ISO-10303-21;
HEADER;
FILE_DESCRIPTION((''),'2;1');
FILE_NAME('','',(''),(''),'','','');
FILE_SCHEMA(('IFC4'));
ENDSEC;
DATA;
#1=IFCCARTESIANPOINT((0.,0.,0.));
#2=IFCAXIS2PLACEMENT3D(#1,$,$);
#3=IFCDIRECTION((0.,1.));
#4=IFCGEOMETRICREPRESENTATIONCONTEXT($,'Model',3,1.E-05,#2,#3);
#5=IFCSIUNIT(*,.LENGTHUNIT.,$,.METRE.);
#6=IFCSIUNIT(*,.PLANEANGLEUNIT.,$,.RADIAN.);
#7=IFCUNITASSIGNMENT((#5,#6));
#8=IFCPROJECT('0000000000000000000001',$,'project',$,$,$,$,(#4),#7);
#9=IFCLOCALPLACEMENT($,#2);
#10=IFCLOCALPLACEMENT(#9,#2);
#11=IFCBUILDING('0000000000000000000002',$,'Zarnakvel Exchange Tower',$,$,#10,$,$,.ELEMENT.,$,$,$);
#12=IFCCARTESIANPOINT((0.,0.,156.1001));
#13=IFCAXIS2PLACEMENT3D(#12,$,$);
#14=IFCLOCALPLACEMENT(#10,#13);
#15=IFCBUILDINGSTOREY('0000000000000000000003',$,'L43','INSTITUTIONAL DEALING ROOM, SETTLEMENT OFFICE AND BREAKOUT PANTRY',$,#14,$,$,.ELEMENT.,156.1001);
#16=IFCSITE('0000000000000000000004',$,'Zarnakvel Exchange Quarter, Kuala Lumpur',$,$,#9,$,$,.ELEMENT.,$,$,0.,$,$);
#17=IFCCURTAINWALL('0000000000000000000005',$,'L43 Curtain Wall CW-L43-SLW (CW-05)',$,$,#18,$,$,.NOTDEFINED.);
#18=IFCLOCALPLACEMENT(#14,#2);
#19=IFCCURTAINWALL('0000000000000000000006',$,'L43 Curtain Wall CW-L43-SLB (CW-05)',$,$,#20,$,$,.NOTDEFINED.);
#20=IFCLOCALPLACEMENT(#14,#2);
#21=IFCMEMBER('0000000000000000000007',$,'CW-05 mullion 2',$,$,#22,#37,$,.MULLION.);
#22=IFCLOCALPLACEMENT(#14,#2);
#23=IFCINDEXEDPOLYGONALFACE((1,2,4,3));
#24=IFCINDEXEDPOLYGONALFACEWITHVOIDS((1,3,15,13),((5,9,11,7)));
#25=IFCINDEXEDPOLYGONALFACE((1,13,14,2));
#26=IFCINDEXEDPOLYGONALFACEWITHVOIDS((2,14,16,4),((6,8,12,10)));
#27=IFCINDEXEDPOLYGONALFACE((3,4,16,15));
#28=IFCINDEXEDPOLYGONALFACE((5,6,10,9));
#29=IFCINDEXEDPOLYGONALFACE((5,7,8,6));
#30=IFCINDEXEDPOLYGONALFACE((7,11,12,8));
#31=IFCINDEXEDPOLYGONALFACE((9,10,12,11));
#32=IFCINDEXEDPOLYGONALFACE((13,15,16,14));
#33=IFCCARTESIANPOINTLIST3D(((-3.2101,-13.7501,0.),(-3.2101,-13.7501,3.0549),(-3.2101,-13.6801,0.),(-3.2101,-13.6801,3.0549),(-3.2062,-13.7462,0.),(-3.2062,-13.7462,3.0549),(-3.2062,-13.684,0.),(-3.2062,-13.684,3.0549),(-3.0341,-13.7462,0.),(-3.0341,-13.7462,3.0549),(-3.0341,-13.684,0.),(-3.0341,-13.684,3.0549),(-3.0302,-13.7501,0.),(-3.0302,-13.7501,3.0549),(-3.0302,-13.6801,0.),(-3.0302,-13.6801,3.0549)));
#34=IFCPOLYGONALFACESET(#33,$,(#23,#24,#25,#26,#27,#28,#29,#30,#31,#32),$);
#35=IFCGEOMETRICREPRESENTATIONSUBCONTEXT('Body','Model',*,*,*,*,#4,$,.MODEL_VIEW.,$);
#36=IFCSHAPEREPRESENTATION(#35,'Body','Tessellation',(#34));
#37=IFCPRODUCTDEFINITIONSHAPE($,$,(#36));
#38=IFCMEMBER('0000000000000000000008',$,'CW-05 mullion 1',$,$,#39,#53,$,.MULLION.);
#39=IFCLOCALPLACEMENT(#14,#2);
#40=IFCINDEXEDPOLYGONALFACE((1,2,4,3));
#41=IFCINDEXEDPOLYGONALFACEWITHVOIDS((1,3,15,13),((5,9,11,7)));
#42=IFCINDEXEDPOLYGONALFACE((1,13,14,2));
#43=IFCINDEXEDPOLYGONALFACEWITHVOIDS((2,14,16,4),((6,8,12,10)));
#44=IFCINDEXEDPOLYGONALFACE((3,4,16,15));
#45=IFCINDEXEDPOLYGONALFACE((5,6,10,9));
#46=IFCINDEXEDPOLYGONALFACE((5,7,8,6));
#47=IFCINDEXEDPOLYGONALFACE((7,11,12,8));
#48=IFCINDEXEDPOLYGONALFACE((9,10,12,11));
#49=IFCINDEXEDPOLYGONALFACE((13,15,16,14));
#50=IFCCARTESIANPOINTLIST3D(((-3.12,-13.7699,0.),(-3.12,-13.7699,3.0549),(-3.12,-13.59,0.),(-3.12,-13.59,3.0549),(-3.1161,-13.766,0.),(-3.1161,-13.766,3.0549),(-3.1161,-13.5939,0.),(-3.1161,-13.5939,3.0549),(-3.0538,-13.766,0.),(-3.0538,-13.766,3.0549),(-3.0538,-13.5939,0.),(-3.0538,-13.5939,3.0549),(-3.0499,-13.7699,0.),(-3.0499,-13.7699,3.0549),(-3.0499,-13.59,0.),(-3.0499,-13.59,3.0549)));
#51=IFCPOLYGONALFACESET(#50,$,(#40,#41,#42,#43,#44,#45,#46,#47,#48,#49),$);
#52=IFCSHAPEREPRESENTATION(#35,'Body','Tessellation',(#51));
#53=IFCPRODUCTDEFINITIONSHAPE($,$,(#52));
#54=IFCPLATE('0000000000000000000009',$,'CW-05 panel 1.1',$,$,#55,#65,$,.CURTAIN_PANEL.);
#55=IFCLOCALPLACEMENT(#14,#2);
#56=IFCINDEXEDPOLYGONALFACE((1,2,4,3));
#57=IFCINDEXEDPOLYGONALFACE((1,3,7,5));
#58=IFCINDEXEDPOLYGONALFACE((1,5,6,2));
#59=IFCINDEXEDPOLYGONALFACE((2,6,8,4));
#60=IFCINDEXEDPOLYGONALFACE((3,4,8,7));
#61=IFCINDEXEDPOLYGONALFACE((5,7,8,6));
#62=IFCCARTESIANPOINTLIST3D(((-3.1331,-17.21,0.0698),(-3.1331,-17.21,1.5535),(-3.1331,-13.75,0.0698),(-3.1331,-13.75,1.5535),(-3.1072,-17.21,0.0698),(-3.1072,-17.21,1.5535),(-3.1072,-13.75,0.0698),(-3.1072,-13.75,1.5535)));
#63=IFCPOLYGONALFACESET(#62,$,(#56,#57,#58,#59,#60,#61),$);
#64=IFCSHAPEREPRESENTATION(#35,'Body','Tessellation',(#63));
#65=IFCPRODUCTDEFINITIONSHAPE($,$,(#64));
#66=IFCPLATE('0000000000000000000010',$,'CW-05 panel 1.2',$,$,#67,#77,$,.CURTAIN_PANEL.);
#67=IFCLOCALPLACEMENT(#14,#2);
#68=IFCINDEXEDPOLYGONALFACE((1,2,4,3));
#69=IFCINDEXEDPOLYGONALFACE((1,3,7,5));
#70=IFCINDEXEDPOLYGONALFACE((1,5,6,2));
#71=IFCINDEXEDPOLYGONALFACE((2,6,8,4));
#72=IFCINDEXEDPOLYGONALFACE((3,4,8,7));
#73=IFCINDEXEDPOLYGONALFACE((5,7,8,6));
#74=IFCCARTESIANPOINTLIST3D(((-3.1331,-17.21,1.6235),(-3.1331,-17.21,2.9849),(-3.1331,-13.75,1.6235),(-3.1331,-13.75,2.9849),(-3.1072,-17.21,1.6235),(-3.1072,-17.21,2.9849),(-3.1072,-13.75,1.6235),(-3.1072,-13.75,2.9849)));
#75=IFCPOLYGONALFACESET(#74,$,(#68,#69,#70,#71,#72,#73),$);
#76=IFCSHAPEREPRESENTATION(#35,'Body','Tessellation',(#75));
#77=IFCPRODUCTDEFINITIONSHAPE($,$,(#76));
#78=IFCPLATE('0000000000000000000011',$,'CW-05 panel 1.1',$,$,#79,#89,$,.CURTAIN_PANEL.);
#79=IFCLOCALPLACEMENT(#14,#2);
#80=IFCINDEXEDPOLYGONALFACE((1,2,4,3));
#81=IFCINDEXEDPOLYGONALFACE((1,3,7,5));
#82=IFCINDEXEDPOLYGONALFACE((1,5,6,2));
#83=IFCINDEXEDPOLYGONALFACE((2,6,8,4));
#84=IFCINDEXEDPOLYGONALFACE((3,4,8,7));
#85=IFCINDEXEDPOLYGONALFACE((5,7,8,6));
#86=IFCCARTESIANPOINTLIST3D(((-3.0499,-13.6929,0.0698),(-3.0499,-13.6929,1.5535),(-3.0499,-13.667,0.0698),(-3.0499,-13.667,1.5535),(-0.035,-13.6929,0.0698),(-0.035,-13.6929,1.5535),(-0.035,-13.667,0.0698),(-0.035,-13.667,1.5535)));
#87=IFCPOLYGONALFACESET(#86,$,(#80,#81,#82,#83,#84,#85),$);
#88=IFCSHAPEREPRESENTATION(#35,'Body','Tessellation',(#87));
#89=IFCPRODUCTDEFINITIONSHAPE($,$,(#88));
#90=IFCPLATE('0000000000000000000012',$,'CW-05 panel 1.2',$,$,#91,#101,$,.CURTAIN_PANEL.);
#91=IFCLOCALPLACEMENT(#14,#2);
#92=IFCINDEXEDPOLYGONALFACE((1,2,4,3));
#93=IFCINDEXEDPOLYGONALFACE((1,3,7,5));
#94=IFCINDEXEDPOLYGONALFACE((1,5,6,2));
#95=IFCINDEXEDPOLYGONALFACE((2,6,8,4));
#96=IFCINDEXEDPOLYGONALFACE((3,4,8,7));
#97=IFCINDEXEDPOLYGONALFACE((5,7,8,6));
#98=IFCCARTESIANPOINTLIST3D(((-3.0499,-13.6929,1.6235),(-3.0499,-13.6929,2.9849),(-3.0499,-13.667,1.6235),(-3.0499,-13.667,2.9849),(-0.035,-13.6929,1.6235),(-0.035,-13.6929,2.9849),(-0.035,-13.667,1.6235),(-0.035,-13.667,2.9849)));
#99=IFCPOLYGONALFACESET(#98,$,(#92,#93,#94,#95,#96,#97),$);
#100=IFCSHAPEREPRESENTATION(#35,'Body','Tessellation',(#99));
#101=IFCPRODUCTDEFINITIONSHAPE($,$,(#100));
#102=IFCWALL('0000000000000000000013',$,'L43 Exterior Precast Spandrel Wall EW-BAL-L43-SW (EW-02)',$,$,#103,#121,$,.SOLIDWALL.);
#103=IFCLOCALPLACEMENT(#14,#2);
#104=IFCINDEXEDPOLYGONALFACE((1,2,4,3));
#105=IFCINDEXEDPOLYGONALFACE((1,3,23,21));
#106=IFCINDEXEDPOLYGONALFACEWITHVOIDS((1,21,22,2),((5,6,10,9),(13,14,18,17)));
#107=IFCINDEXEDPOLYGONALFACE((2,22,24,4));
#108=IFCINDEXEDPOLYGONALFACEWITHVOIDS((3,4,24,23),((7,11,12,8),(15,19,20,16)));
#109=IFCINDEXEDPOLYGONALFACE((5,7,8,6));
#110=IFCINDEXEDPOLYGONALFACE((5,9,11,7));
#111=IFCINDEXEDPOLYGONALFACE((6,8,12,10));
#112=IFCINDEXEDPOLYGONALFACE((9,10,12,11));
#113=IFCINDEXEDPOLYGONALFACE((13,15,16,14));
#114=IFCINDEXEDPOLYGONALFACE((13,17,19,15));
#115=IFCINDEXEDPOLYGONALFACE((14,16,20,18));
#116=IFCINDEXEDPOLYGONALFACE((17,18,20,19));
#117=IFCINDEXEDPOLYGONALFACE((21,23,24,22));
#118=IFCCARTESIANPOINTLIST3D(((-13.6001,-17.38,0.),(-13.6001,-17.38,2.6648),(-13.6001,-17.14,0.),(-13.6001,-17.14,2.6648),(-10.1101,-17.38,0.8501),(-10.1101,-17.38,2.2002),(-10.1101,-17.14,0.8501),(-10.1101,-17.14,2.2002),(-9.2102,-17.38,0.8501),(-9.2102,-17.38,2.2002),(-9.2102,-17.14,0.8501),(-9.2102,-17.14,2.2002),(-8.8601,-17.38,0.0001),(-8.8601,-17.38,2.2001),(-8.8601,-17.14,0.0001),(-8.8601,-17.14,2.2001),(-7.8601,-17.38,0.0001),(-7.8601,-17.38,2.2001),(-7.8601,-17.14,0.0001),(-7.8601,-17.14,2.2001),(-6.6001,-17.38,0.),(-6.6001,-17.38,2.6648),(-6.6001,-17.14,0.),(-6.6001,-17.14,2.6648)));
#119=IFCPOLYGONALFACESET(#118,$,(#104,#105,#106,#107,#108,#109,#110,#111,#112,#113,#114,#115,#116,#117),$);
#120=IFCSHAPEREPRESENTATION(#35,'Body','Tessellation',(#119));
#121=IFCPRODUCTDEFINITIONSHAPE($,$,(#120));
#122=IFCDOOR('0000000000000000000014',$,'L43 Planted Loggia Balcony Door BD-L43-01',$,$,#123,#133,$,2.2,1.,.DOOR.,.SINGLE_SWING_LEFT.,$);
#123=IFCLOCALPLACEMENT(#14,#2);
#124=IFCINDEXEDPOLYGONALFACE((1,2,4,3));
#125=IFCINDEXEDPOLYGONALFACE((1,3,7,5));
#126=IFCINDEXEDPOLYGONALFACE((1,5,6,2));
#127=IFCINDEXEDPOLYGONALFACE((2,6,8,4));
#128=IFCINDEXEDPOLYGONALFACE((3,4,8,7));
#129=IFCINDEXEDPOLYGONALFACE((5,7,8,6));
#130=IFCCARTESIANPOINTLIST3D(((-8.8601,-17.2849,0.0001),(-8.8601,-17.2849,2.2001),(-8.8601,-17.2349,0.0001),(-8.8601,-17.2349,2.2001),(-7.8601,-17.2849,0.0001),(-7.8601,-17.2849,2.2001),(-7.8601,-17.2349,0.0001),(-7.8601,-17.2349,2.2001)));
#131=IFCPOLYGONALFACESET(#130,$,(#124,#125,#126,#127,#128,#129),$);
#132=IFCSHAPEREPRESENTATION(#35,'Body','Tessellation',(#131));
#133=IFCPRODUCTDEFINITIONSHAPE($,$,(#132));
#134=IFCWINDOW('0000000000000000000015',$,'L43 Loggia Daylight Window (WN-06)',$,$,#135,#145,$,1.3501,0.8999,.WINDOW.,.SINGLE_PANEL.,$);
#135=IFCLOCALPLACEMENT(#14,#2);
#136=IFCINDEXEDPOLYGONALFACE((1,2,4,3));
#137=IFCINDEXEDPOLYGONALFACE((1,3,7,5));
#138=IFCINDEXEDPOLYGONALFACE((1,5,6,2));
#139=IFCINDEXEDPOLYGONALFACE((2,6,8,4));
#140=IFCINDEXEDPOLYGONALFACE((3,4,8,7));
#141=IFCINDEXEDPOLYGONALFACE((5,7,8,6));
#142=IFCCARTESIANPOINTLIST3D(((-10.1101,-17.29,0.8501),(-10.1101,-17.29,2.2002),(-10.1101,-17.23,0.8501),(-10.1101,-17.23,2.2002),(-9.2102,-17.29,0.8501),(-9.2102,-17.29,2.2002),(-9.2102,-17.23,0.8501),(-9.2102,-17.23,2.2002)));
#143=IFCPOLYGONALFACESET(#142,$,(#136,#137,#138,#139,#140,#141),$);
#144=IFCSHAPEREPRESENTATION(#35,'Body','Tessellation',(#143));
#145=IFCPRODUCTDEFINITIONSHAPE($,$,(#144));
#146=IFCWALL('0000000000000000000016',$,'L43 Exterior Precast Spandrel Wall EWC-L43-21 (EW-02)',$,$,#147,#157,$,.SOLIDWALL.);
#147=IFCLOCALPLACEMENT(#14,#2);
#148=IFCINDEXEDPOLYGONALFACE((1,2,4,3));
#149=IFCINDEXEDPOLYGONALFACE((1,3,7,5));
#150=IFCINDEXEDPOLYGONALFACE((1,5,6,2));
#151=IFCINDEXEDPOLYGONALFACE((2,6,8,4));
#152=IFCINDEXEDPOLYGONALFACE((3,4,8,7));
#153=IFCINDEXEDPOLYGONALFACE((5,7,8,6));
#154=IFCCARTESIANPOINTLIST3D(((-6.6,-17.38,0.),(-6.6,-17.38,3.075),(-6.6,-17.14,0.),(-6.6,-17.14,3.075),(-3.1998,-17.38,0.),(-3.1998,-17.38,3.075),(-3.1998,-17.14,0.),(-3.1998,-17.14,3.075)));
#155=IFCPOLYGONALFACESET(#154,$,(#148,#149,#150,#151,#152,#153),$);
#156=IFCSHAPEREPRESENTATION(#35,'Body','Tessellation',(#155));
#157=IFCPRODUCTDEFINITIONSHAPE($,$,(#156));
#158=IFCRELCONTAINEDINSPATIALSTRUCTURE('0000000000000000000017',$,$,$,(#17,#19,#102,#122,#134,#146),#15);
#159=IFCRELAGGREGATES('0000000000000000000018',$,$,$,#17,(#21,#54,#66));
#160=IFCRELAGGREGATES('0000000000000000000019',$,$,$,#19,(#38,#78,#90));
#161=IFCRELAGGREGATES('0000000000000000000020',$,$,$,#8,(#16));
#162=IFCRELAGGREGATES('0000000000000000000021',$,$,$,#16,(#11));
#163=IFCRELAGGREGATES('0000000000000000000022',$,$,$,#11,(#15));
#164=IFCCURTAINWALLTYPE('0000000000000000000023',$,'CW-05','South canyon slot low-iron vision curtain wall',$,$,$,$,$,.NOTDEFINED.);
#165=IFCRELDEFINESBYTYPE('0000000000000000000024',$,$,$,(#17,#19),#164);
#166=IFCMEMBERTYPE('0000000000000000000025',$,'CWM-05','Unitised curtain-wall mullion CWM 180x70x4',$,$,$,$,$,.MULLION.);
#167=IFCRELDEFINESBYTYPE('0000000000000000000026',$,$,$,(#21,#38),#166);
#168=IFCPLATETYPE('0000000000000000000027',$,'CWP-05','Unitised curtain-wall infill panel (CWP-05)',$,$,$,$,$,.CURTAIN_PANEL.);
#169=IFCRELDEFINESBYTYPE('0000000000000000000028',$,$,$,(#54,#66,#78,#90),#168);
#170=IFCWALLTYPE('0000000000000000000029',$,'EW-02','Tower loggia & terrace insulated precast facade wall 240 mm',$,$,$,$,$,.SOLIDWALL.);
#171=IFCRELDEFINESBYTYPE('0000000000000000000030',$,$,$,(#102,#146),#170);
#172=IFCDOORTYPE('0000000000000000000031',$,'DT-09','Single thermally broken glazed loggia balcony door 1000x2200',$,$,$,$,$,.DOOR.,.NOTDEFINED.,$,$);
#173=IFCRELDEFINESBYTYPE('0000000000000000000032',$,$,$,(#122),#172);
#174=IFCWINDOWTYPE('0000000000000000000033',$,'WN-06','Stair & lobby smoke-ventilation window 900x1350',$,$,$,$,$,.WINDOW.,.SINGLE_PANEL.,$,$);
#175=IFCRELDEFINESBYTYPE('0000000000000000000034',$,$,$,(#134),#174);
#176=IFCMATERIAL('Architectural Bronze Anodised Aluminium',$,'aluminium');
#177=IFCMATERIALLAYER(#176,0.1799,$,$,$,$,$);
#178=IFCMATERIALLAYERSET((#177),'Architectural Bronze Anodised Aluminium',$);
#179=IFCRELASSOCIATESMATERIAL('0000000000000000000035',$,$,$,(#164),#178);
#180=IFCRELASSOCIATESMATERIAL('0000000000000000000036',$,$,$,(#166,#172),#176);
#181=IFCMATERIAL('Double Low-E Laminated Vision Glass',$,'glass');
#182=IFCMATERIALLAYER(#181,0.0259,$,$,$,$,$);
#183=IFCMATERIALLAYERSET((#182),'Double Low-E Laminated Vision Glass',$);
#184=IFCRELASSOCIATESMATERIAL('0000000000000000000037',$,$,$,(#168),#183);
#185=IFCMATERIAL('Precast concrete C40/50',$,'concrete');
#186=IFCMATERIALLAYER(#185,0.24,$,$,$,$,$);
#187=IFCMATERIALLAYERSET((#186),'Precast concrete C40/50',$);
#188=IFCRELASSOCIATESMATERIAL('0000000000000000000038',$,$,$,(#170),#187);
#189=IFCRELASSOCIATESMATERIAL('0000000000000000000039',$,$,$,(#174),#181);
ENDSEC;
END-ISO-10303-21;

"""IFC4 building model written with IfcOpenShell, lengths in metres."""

from ifc_helpers import new_model, si_unit, direction, frame, frame_2d, origin, origin_2d, place, context, subcontext, project, spatial, rectangle, hollow_rectangle, extrude, source, transform, mapped, material, layer, layer_set, material_profile, profile_set, type_object, element, fill, aggregate, save


model = new_model("IFC4")

# Units and contexts
model_context = context("Model", 3, precision=1e-05, world=origin(), true_north=direction((0.0, 1.0)))
body_context = subcontext(model_context, "Body", "Model", "MODEL_VIEW")
ifc_project = project(units=[si_unit("LENGTHUNIT", "METRE"), si_unit("PLANEANGLEUNIT", "RADIAN")], contexts=[model_context])

# Site, building, storey
site_placement = place(None, origin())
site = spatial("IfcSite", under=ifc_project, at=site_placement, Name="Zarnakvel Exchange Quarter, Kuala Lumpur", CompositionType="ELEMENT", RefElevation=0.0)
building_placement = place(site_placement, origin())
building = spatial("IfcBuilding", under=site, at=building_placement, Name="Zarnakvel Exchange Tower", CompositionType="ELEMENT")
storey_placement = place(building_placement, frame((0.0, 0.0, 156.1001)))
storey = spatial("IfcBuildingStorey", under=building, at=storey_placement, Name="L43", Description="INSTITUTIONAL DEALING ROOM, SETTLEMENT OFFICE AND BREAKOUT PANTRY", CompositionType="ELEMENT", Elevation=156.1001)

# Curtain walls
ifc_material_1 = material(Name="Architectural Bronze Anodised Aluminium", Category="aluminium")
ifc_layer_1 = layer(ifc_material_1, 0.1799)
ifc_layer_set_1 = layer_set([ifc_layer_1], Name="Architectural Bronze Anodised Aluminium")
curtain_wall_type = type_object("IfcCurtainWallType", Name="CW-05", Description="South canyon slot low-iron vision curtain wall", PredefinedType="NOTDEFINED", material=ifc_layer_set_1)
curtain_wall_1_placement = place(storey_placement, origin())
curtain_wall_1 = element("IfcCurtainWall", 1, at=curtain_wall_1_placement, inside=storey, type_object=curtain_wall_type, Name="L43 Curtain Wall CW-L43-SLW (CW-05)", PredefinedType="NOTDEFINED")
curtain_wall_2_placement = place(storey_placement, origin())
curtain_wall_2 = element("IfcCurtainWall", 2, at=curtain_wall_2_placement, inside=storey, type_object=curtain_wall_type, Name="L43 Curtain Wall CW-L43-SLB (CW-05)", PredefinedType="NOTDEFINED")

# Members
ifc_material_profile_1 = material_profile(ifc_material_1, hollow_rectangle(XDim=0.1799, YDim=0.0701, WallThickness=0.0039, at=origin_2d()))
ifc_profile_set_1 = profile_set([ifc_material_profile_1], Name="Architectural Bronze Anodised Aluminium")
member_type_1 = type_object("IfcMemberType", Name="CWM-05", Description="Unitised curtain-wall mullion CWM 180x70x4", PredefinedType="MULLION", material=ifc_profile_set_1)
shared_shape_1 = source(origin(), body_context, "Body", "SweptSolid", [
    extrude(hollow_rectangle(XDim=0.1799, YDim=0.0701, WallThickness=0.0039, at=origin_2d()), origin(), (0.0, 0.0, 1.0), 3.0549),
])
member_1_placement = place(storey_placement, frame((-3.1201, -13.7151, 0.0), z_axis=(0.0, 0.0, 1.0), x_axis=(-1.0, 0.0, 0.0)))
member_1 = element("IfcMember", 3, at=member_1_placement, type_object=member_type_1, Name="CW-05 mullion 2", PredefinedType="MULLION", context=body_context, shape_type="MappedRepresentation", body=[
    mapped(shared_shape_1, transform((0.0, 0.0, 0.0), x_axis=(1.0, 0.0, 0.0), y_axis=(0.0, 1.0, 0.0), z_axis=(0.0, 0.0, 1.0), scale=1.0)),
])
member_2_placement = place(storey_placement, frame((-3.085, -13.6799, 0.0), z_axis=(0.0, 0.0, 1.0), x_axis=(0.0, 1.0, 0.0)))
member_2 = element("IfcMember", 4, at=member_2_placement, type_object=member_type_1, Name="CW-05 mullion 1", PredefinedType="MULLION", context=body_context, shape_type="MappedRepresentation", body=[
    mapped(shared_shape_1, transform((0.0, 0.0, 0.0), x_axis=(1.0, 0.0, 0.0), y_axis=(0.0, 1.0, 0.0), z_axis=(0.0, 0.0, 1.0), scale=1.0)),
])

# Plates
ifc_material_2 = material(Name="Double Low-E Laminated Vision Glass", Category="glass")
ifc_layer_2 = layer(ifc_material_2, 0.0259)
ifc_layer_set_2 = layer_set([ifc_layer_2], Name="Double Low-E Laminated Vision Glass")
plate_type = type_object("IfcPlateType", Name="CWP-05", Description="Unitised curtain-wall infill panel (CWP-05)", PredefinedType="CURTAIN_PANEL", material=ifc_layer_set_2)
shared_shape_2 = source(origin(), body_context, "Body", "SweptSolid", [
    extrude(rectangle(XDim=3.46, YDim=0.0259, at=origin_2d()), origin(), (0.0, 0.0, 1.0), 1.4836),
])
plate_1_placement = place(storey_placement, frame((-3.1201, -15.48, 0.0698), z_axis=(0.0, 0.0, 1.0), x_axis=(0.0, 1.0, 0.0)))
plate_1 = element("IfcPlate", 5, at=plate_1_placement, type_object=plate_type, Name="CW-05 panel 1.1", PredefinedType="CURTAIN_PANEL", context=body_context, shape_type="MappedRepresentation", body=[
    mapped(shared_shape_2, transform((0.0, 0.0, 0.0), x_axis=(1.0, 0.0, 0.0), y_axis=(0.0, 1.0, 0.0), z_axis=(0.0, 0.0, 1.0), scale=1.0)),
])
shared_shape_3 = source(origin(), body_context, "Body", "SweptSolid", [
    extrude(rectangle(XDim=3.46, YDim=0.0259, at=origin_2d()), origin(), (0.0, 0.0, 1.0), 1.3613),
])
plate_2_placement = place(storey_placement, frame((-3.1201, -15.48, 1.6235), z_axis=(0.0, 0.0, 1.0), x_axis=(0.0, 1.0, 0.0)))
plate_2 = element("IfcPlate", 6, at=plate_2_placement, type_object=plate_type, Name="CW-05 panel 1.2", PredefinedType="CURTAIN_PANEL", context=body_context, shape_type="MappedRepresentation", body=[
    mapped(shared_shape_3, transform((0.0, 0.0, 0.0), x_axis=(1.0, 0.0, 0.0), y_axis=(0.0, 1.0, 0.0), z_axis=(0.0, 0.0, 1.0), scale=1.0)),
])
aggregate(curtain_wall_1, [member_1, plate_1, plate_2])
shared_shape_4 = source(origin(), body_context, "Body", "SweptSolid", [
    extrude(rectangle(XDim=3.0149, YDim=0.0259, at=origin_2d()), origin(), (0.0, 0.0, 1.0), 1.4836),
])
plate_3_placement = place(storey_placement, frame((-1.5425, -13.6799, 0.0698), z_axis=(0.0, 0.0, 1.0), x_axis=(1.0, 0.0, 0.0)))
plate_3 = element("IfcPlate", 7, at=plate_3_placement, type_object=plate_type, Name="CW-05 panel 1.1", PredefinedType="CURTAIN_PANEL", context=body_context, shape_type="MappedRepresentation", body=[
    mapped(shared_shape_4, transform((0.0, 0.0, 0.0), x_axis=(1.0, 0.0, 0.0), y_axis=(0.0, 1.0, 0.0), z_axis=(0.0, 0.0, 1.0), scale=1.0)),
])
shared_shape_5 = source(origin(), body_context, "Body", "SweptSolid", [
    extrude(rectangle(XDim=3.0149, YDim=0.0259, at=origin_2d()), origin(), (0.0, 0.0, 1.0), 1.3613),
])
plate_4_placement = place(storey_placement, frame((-1.5425, -13.6799, 1.6235), z_axis=(0.0, 0.0, 1.0), x_axis=(1.0, 0.0, 0.0)))
plate_4 = element("IfcPlate", 8, at=plate_4_placement, type_object=plate_type, Name="CW-05 panel 1.2", PredefinedType="CURTAIN_PANEL", context=body_context, shape_type="MappedRepresentation", body=[
    mapped(shared_shape_5, transform((0.0, 0.0, 0.0), x_axis=(1.0, 0.0, 0.0), y_axis=(0.0, 1.0, 0.0), z_axis=(0.0, 0.0, 1.0), scale=1.0)),
])
aggregate(curtain_wall_2, [member_2, plate_3, plate_4])

# Wall, openings, door, window
ifc_material_3 = material(Name="Precast concrete C40/50", Category="concrete")
ifc_layer_3 = layer(ifc_material_3, 0.24)
ifc_layer_set_3 = layer_set([ifc_layer_3], Name="Precast concrete C40/50")
wall_type = type_object("IfcWallType", Name="EW-02", Description="Tower loggia & terrace insulated precast facade wall 240 mm", PredefinedType="SOLIDWALL", material=ifc_layer_set_3)
wall_1_placement = place(storey_placement, frame((-6.6001, -17.26, 0.0), z_axis=(0.0, 0.0, 1.0), x_axis=(-1.0, 0.0, 0.0)))
wall_1 = element("IfcWall", 9, at=wall_1_placement, inside=storey, type_object=wall_type, Name="L43 Exterior Precast Spandrel Wall EW-BAL-L43-SW (EW-02)", PredefinedType="SOLIDWALL", context=body_context, shape_type="SweptSolid", body=[
    extrude(rectangle(XDim=7.0, YDim=0.24, at=frame_2d((3.5, 0.0))), origin(), (0.0, 0.0, 1.0), 2.6648),
])
opening_1_placement = place(wall_1_placement, frame((1.26, 0.0, 0.0)))
opening_1 = element("IfcOpeningElement", 10, at=opening_1_placement, cuts=wall_1, PredefinedType="OPENING", context=body_context, shape_type="SweptSolid", body=[
    extrude(rectangle(XDim=1.0, YDim=2.2, at=frame_2d((0.5, 1.1001))), frame((0.0, 0.1299, 0.0), z_axis=(0.0, -1.0, 0.0), x_axis=(1.0, 0.0, 0.0)), (0.0, 0.0, 1.0), 0.26),
])
opening_2_placement = place(wall_1_placement, frame((2.6101, 0.0, 0.8501)))
opening_2 = element("IfcOpeningElement", 11, at=opening_2_placement, cuts=wall_1, PredefinedType="OPENING", context=body_context, shape_type="SweptSolid", body=[
    extrude(rectangle(XDim=0.8999, YDim=1.3501, at=frame_2d((0.45, 0.675))), frame((0.0, 0.1299, 0.0), z_axis=(0.0, -1.0, 0.0), x_axis=(1.0, 0.0, 0.0)), (0.0, 0.0, 1.0), 0.26),
])
door_type = type_object("IfcDoorType", Name="DT-09", Description="Single thermally broken glazed loggia balcony door 1000x2200", OperationType="NOTDEFINED", PredefinedType="DOOR", material=ifc_material_1)
shared_shape_6 = source(origin(), body_context, "Body", "SweptSolid", [
    extrude(rectangle(XDim=1.0, YDim=2.2, at=frame_2d((0.5, 1.1001))), frame((0.0, 0.0249, 0.0), z_axis=(0.0, -1.0, 0.0), x_axis=(1.0, 0.0, 0.0)), (0.0, 0.0, 1.0), 0.05),
])
door_placement = place(opening_1_placement, origin())
door = element("IfcDoor", 12, at=door_placement, inside=storey, type_object=door_type, Name="L43 Planted Loggia Balcony Door BD-L43-01", OperationType="SINGLE_SWING_LEFT", OverallHeight=2.2, OverallWidth=1.0, PredefinedType="DOOR", context=body_context, shape_type="MappedRepresentation", body=[
    mapped(shared_shape_6, transform((0.0, 0.0, 0.0), x_axis=(1.0, 0.0, 0.0), y_axis=(0.0, 1.0, 0.0), z_axis=(0.0, 0.0, 1.0), scale=1.0)),
])
fill(opening_1, door)
window_type = type_object("IfcWindowType", Name="WN-06", Description="Stair & lobby smoke-ventilation window 900x1350", PartitioningType="SINGLE_PANEL", PredefinedType="WINDOW", material=ifc_material_2)
shared_shape_7 = source(origin(), body_context, "Body", "SweptSolid", [
    extrude(rectangle(XDim=0.8999, YDim=1.3501, at=frame_2d((0.45, 0.675))), frame((0.0, 0.03, 0.0), z_axis=(0.0, -1.0, 0.0), x_axis=(1.0, 0.0, 0.0)), (0.0, 0.0, 1.0), 0.0601),
])
window_placement = place(opening_2_placement, origin())
window = element("IfcWindow", 13, at=window_placement, inside=storey, type_object=window_type, Name="L43 Loggia Daylight Window (WN-06)", OverallHeight=1.3501, OverallWidth=0.8999, PartitioningType="SINGLE_PANEL", PredefinedType="WINDOW", context=body_context, shape_type="MappedRepresentation", body=[
    mapped(shared_shape_7, transform((0.0, 0.0, 0.0), x_axis=(1.0, 0.0, 0.0), y_axis=(0.0, 1.0, 0.0), z_axis=(0.0, 0.0, 1.0), scale=1.0)),
])
fill(opening_2, window)

# Wall
wall_2_placement = place(storey_placement, frame((-6.6001, -17.26, 0.0), z_axis=(0.0, 0.0, 1.0), x_axis=(1.0, 0.0, 0.0)))
element("IfcWall", 14, at=wall_2_placement, inside=storey, type_object=wall_type, Name="L43 Exterior Precast Spandrel Wall EWC-L43-21 (EW-02)", PredefinedType="SOLIDWALL", context=body_context, shape_type="SweptSolid", body=[
    extrude(rectangle(XDim=3.4001, YDim=0.24, at=frame_2d((1.7002, 0.0))), origin(), (0.0, 0.0, 1.0), 3.075),
])

save(model, "model.ifc")
